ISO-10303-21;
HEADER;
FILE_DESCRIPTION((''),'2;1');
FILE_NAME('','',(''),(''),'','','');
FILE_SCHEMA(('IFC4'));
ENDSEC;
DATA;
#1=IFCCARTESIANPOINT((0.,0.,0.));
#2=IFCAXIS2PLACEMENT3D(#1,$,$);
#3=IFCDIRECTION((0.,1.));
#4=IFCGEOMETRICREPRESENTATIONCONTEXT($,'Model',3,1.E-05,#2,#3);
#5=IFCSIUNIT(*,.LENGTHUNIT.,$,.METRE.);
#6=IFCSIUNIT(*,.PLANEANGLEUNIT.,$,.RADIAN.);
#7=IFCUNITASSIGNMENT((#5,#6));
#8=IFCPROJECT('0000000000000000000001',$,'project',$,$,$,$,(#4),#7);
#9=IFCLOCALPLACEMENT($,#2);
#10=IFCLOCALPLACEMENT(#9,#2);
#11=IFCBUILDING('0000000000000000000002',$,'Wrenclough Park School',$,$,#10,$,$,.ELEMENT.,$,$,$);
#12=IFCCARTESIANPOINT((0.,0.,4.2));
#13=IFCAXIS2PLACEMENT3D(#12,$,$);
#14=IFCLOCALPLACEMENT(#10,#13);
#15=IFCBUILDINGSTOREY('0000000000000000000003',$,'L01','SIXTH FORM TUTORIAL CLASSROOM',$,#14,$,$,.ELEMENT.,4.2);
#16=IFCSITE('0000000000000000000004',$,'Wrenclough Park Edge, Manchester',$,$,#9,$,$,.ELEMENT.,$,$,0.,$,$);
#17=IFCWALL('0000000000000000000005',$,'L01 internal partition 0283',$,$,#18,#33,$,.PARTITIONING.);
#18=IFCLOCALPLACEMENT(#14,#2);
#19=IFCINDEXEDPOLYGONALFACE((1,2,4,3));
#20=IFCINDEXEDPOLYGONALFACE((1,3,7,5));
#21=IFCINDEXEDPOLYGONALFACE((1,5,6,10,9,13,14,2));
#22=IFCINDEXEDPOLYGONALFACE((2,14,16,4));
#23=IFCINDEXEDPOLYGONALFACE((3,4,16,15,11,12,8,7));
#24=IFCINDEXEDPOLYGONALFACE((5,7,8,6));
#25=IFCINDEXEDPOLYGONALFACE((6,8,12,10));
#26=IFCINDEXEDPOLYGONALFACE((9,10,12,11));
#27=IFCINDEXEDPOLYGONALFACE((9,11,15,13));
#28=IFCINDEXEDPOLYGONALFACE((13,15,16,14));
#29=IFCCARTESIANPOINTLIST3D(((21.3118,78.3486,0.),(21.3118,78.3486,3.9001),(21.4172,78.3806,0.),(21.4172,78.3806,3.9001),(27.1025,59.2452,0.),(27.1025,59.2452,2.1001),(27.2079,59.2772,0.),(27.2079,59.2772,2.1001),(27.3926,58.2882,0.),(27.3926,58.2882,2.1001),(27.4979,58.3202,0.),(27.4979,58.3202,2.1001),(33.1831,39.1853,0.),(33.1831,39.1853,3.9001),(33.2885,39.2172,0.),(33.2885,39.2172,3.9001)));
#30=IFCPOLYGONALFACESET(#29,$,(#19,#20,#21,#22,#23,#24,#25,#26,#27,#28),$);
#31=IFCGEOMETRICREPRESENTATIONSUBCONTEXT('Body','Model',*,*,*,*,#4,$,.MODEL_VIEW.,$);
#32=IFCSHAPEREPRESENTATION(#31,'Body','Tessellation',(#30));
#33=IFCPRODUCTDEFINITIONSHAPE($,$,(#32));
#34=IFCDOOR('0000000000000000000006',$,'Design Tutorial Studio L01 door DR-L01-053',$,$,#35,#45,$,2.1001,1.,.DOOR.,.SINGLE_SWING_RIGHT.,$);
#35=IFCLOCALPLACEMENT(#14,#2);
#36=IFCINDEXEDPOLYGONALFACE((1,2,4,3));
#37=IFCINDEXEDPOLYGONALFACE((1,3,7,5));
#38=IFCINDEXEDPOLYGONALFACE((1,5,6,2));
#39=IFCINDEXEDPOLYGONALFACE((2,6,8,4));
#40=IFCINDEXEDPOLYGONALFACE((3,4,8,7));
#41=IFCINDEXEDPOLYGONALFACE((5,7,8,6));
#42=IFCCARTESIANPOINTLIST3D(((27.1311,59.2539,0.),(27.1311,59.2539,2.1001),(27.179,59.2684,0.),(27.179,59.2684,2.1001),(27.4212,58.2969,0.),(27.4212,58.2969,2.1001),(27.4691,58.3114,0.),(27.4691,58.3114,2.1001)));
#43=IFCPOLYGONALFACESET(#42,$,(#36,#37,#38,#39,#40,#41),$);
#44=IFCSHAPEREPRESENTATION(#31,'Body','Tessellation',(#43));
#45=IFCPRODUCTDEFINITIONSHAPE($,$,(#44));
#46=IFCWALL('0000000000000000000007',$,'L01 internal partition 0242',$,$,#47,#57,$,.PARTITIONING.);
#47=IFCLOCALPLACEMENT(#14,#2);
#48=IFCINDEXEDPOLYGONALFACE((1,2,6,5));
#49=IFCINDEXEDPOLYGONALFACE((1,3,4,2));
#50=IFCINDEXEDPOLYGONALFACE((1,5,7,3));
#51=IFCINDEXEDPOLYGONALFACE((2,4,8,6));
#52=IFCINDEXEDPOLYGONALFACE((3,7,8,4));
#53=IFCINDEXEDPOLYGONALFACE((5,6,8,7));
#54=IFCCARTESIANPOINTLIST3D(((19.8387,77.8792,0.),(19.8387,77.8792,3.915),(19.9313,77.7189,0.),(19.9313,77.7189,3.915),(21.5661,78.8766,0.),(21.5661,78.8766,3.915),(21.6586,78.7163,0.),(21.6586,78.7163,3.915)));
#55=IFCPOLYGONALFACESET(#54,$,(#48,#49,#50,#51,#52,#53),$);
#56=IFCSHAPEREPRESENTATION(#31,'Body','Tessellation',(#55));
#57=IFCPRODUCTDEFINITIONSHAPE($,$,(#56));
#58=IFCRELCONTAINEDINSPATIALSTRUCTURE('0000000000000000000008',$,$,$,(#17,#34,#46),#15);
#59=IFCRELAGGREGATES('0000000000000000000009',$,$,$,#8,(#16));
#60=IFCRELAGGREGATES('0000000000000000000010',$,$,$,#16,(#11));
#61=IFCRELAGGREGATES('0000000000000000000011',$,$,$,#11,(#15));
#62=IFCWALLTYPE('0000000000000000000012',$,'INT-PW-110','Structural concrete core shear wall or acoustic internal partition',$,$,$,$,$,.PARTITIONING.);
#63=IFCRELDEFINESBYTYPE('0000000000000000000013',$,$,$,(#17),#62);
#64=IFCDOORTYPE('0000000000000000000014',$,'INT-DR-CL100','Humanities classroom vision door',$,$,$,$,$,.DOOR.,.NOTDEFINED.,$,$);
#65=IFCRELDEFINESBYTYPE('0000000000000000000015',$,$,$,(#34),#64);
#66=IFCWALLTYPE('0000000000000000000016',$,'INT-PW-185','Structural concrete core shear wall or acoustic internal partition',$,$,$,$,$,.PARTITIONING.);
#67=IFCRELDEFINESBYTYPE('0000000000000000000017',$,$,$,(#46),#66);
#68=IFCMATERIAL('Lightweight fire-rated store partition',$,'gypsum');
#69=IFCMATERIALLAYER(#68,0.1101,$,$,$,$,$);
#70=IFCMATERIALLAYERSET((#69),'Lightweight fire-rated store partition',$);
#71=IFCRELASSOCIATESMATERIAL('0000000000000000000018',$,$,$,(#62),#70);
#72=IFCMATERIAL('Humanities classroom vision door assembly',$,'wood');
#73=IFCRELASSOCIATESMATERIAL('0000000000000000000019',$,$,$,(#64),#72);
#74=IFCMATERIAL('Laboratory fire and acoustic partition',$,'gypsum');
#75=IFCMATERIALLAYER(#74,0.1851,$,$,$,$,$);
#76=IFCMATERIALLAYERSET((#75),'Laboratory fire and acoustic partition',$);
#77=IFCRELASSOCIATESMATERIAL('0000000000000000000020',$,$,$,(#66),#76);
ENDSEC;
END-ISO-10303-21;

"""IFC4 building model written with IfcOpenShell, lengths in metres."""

from ifc_helpers import new_model, si_unit, direction, frame, frame_2d, origin, place, context, subcontext, project, spatial, rectangle, extrude, material, layer, layer_set, type_object, element, fill, save


model = new_model("IFC4")

# Units and contexts
model_context = context("Model", 3, precision=1e-05, world=origin(), true_north=direction((0.0, 1.0)))
body_context = subcontext(model_context, "Body", "Model", "MODEL_VIEW")
ifc_project = project(units=[si_unit("LENGTHUNIT", "METRE"), si_unit("PLANEANGLEUNIT", "RADIAN")], contexts=[model_context])

# Site, building, storey
site_placement = place(None, origin())
site = spatial("IfcSite", under=ifc_project, at=site_placement, Name="Wrenclough Park Edge, Manchester", CompositionType="ELEMENT", RefElevation=0.0)
building_placement = place(site_placement, origin())
building = spatial("IfcBuilding", under=site, at=building_placement, Name="Wrenclough Park School", CompositionType="ELEMENT")
storey_placement = place(building_placement, frame((0.0, 0.0, 4.2)))
storey = spatial("IfcBuildingStorey", under=building, at=storey_placement, Name="L01", Description="SIXTH FORM TUTORIAL CLASSROOM", CompositionType="ELEMENT", Elevation=4.2)

# Wall, opening, door
ifc_material_1 = material(Name="Lightweight fire-rated store partition", Category="gypsum")
ifc_layer_1 = layer(ifc_material_1, 0.1101)
ifc_layer_set_1 = layer_set([ifc_layer_1], Name="Lightweight fire-rated store partition")
wall_type_1 = type_object("IfcWallType", Name="INT-PW-110", Description="Structural concrete core shear wall or acoustic internal partition", PredefinedType="PARTITIONING", material=ifc_layer_set_1)
wall_1_placement = place(storey_placement, frame((21.3645, 78.3645, 0.0), z_axis=(0.0, 0.0, 1.0), x_axis=(0.290089, -0.957, 0.0)))
wall_1 = element("IfcWall", 1, at=wall_1_placement, inside=storey, type_object=wall_type_1, Name="L01 internal partition 0283", PredefinedType="PARTITIONING", context=body_context, shape_type="SweptSolid", body=[
    extrude(rectangle(XDim=40.9231, YDim=0.1101, at=frame_2d((20.4614, 0.0))), origin(), (0.0, 0.0, 1.0), 3.9001),
])
opening_1_placement = place(wall_1_placement, frame((19.9617, 0.0, 0.0)))
opening_1 = element("IfcOpeningElement", 2, at=opening_1_placement, cuts=wall_1, PredefinedType="OPENING", context=body_context, shape_type="SweptSolid", body=[
    extrude(rectangle(XDim=1.0, YDim=2.1001, at=frame_2d((0.5, 1.05))), frame((0.0, 0.0649, 0.0), z_axis=(0.0, -1.0, 0.0), x_axis=(1.0, 0.0, 0.0)), (0.0, 0.0, 1.0), 0.1301),
])
ifc_material_2 = material(Name="Humanities classroom vision door assembly", Category="wood")
door_type = type_object("IfcDoorType", Name="INT-DR-CL100", Description="Humanities classroom vision door", OperationType="NOTDEFINED", PredefinedType="DOOR", material=ifc_material_2)
door_placement = place(opening_1_placement, origin())
door = element("IfcDoor", 3, at=door_placement, inside=storey, type_object=door_type, Name="Design Tutorial Studio L01 door DR-L01-053", OperationType="SINGLE_SWING_RIGHT", OverallHeight=2.1001, OverallWidth=1.0, PredefinedType="DOOR", context=body_context, shape_type="SweptSolid", body=[
    extrude(rectangle(XDim=1.0, YDim=2.1001, at=frame_2d((0.5, 1.05))), frame((0.0, 0.0249, 0.0), z_axis=(0.0, -1.0, 0.0), x_axis=(1.0, 0.0, 0.0)), (0.0, 0.0, 1.0), 0.05),
])
fill(opening_1, door)

# Wall
ifc_material_3 = material(Name="Laboratory fire and acoustic partition", Category="gypsum")
ifc_layer_2 = layer(ifc_material_3, 0.1851)
ifc_layer_set_2 = layer_set([ifc_layer_2], Name="Laboratory fire and acoustic partition")
wall_type_2 = type_object("IfcWallType", Name="INT-PW-185", Description="Structural concrete core shear wall or acoustic internal partition", PredefinedType="PARTITIONING", material=ifc_layer_set_2)
wall_2_placement = place(storey_placement, frame((19.885, 77.7991, 0.0), z_axis=(0.0, 0.0, 1.0), x_axis=(0.866012, 0.500023, 0.0)))
element("IfcWall", 4, at=wall_2_placement, inside=storey, type_object=wall_type_2, Name="L01 internal partition 0242", PredefinedType="PARTITIONING", context=body_context, shape_type="SweptSolid", body=[
    extrude(rectangle(XDim=1.9946, YDim=0.1851, at=frame_2d((0.9973, 0.0))), origin(), (0.0, 0.0, 1.0), 3.915),
])

save(model, "model.ifc")
